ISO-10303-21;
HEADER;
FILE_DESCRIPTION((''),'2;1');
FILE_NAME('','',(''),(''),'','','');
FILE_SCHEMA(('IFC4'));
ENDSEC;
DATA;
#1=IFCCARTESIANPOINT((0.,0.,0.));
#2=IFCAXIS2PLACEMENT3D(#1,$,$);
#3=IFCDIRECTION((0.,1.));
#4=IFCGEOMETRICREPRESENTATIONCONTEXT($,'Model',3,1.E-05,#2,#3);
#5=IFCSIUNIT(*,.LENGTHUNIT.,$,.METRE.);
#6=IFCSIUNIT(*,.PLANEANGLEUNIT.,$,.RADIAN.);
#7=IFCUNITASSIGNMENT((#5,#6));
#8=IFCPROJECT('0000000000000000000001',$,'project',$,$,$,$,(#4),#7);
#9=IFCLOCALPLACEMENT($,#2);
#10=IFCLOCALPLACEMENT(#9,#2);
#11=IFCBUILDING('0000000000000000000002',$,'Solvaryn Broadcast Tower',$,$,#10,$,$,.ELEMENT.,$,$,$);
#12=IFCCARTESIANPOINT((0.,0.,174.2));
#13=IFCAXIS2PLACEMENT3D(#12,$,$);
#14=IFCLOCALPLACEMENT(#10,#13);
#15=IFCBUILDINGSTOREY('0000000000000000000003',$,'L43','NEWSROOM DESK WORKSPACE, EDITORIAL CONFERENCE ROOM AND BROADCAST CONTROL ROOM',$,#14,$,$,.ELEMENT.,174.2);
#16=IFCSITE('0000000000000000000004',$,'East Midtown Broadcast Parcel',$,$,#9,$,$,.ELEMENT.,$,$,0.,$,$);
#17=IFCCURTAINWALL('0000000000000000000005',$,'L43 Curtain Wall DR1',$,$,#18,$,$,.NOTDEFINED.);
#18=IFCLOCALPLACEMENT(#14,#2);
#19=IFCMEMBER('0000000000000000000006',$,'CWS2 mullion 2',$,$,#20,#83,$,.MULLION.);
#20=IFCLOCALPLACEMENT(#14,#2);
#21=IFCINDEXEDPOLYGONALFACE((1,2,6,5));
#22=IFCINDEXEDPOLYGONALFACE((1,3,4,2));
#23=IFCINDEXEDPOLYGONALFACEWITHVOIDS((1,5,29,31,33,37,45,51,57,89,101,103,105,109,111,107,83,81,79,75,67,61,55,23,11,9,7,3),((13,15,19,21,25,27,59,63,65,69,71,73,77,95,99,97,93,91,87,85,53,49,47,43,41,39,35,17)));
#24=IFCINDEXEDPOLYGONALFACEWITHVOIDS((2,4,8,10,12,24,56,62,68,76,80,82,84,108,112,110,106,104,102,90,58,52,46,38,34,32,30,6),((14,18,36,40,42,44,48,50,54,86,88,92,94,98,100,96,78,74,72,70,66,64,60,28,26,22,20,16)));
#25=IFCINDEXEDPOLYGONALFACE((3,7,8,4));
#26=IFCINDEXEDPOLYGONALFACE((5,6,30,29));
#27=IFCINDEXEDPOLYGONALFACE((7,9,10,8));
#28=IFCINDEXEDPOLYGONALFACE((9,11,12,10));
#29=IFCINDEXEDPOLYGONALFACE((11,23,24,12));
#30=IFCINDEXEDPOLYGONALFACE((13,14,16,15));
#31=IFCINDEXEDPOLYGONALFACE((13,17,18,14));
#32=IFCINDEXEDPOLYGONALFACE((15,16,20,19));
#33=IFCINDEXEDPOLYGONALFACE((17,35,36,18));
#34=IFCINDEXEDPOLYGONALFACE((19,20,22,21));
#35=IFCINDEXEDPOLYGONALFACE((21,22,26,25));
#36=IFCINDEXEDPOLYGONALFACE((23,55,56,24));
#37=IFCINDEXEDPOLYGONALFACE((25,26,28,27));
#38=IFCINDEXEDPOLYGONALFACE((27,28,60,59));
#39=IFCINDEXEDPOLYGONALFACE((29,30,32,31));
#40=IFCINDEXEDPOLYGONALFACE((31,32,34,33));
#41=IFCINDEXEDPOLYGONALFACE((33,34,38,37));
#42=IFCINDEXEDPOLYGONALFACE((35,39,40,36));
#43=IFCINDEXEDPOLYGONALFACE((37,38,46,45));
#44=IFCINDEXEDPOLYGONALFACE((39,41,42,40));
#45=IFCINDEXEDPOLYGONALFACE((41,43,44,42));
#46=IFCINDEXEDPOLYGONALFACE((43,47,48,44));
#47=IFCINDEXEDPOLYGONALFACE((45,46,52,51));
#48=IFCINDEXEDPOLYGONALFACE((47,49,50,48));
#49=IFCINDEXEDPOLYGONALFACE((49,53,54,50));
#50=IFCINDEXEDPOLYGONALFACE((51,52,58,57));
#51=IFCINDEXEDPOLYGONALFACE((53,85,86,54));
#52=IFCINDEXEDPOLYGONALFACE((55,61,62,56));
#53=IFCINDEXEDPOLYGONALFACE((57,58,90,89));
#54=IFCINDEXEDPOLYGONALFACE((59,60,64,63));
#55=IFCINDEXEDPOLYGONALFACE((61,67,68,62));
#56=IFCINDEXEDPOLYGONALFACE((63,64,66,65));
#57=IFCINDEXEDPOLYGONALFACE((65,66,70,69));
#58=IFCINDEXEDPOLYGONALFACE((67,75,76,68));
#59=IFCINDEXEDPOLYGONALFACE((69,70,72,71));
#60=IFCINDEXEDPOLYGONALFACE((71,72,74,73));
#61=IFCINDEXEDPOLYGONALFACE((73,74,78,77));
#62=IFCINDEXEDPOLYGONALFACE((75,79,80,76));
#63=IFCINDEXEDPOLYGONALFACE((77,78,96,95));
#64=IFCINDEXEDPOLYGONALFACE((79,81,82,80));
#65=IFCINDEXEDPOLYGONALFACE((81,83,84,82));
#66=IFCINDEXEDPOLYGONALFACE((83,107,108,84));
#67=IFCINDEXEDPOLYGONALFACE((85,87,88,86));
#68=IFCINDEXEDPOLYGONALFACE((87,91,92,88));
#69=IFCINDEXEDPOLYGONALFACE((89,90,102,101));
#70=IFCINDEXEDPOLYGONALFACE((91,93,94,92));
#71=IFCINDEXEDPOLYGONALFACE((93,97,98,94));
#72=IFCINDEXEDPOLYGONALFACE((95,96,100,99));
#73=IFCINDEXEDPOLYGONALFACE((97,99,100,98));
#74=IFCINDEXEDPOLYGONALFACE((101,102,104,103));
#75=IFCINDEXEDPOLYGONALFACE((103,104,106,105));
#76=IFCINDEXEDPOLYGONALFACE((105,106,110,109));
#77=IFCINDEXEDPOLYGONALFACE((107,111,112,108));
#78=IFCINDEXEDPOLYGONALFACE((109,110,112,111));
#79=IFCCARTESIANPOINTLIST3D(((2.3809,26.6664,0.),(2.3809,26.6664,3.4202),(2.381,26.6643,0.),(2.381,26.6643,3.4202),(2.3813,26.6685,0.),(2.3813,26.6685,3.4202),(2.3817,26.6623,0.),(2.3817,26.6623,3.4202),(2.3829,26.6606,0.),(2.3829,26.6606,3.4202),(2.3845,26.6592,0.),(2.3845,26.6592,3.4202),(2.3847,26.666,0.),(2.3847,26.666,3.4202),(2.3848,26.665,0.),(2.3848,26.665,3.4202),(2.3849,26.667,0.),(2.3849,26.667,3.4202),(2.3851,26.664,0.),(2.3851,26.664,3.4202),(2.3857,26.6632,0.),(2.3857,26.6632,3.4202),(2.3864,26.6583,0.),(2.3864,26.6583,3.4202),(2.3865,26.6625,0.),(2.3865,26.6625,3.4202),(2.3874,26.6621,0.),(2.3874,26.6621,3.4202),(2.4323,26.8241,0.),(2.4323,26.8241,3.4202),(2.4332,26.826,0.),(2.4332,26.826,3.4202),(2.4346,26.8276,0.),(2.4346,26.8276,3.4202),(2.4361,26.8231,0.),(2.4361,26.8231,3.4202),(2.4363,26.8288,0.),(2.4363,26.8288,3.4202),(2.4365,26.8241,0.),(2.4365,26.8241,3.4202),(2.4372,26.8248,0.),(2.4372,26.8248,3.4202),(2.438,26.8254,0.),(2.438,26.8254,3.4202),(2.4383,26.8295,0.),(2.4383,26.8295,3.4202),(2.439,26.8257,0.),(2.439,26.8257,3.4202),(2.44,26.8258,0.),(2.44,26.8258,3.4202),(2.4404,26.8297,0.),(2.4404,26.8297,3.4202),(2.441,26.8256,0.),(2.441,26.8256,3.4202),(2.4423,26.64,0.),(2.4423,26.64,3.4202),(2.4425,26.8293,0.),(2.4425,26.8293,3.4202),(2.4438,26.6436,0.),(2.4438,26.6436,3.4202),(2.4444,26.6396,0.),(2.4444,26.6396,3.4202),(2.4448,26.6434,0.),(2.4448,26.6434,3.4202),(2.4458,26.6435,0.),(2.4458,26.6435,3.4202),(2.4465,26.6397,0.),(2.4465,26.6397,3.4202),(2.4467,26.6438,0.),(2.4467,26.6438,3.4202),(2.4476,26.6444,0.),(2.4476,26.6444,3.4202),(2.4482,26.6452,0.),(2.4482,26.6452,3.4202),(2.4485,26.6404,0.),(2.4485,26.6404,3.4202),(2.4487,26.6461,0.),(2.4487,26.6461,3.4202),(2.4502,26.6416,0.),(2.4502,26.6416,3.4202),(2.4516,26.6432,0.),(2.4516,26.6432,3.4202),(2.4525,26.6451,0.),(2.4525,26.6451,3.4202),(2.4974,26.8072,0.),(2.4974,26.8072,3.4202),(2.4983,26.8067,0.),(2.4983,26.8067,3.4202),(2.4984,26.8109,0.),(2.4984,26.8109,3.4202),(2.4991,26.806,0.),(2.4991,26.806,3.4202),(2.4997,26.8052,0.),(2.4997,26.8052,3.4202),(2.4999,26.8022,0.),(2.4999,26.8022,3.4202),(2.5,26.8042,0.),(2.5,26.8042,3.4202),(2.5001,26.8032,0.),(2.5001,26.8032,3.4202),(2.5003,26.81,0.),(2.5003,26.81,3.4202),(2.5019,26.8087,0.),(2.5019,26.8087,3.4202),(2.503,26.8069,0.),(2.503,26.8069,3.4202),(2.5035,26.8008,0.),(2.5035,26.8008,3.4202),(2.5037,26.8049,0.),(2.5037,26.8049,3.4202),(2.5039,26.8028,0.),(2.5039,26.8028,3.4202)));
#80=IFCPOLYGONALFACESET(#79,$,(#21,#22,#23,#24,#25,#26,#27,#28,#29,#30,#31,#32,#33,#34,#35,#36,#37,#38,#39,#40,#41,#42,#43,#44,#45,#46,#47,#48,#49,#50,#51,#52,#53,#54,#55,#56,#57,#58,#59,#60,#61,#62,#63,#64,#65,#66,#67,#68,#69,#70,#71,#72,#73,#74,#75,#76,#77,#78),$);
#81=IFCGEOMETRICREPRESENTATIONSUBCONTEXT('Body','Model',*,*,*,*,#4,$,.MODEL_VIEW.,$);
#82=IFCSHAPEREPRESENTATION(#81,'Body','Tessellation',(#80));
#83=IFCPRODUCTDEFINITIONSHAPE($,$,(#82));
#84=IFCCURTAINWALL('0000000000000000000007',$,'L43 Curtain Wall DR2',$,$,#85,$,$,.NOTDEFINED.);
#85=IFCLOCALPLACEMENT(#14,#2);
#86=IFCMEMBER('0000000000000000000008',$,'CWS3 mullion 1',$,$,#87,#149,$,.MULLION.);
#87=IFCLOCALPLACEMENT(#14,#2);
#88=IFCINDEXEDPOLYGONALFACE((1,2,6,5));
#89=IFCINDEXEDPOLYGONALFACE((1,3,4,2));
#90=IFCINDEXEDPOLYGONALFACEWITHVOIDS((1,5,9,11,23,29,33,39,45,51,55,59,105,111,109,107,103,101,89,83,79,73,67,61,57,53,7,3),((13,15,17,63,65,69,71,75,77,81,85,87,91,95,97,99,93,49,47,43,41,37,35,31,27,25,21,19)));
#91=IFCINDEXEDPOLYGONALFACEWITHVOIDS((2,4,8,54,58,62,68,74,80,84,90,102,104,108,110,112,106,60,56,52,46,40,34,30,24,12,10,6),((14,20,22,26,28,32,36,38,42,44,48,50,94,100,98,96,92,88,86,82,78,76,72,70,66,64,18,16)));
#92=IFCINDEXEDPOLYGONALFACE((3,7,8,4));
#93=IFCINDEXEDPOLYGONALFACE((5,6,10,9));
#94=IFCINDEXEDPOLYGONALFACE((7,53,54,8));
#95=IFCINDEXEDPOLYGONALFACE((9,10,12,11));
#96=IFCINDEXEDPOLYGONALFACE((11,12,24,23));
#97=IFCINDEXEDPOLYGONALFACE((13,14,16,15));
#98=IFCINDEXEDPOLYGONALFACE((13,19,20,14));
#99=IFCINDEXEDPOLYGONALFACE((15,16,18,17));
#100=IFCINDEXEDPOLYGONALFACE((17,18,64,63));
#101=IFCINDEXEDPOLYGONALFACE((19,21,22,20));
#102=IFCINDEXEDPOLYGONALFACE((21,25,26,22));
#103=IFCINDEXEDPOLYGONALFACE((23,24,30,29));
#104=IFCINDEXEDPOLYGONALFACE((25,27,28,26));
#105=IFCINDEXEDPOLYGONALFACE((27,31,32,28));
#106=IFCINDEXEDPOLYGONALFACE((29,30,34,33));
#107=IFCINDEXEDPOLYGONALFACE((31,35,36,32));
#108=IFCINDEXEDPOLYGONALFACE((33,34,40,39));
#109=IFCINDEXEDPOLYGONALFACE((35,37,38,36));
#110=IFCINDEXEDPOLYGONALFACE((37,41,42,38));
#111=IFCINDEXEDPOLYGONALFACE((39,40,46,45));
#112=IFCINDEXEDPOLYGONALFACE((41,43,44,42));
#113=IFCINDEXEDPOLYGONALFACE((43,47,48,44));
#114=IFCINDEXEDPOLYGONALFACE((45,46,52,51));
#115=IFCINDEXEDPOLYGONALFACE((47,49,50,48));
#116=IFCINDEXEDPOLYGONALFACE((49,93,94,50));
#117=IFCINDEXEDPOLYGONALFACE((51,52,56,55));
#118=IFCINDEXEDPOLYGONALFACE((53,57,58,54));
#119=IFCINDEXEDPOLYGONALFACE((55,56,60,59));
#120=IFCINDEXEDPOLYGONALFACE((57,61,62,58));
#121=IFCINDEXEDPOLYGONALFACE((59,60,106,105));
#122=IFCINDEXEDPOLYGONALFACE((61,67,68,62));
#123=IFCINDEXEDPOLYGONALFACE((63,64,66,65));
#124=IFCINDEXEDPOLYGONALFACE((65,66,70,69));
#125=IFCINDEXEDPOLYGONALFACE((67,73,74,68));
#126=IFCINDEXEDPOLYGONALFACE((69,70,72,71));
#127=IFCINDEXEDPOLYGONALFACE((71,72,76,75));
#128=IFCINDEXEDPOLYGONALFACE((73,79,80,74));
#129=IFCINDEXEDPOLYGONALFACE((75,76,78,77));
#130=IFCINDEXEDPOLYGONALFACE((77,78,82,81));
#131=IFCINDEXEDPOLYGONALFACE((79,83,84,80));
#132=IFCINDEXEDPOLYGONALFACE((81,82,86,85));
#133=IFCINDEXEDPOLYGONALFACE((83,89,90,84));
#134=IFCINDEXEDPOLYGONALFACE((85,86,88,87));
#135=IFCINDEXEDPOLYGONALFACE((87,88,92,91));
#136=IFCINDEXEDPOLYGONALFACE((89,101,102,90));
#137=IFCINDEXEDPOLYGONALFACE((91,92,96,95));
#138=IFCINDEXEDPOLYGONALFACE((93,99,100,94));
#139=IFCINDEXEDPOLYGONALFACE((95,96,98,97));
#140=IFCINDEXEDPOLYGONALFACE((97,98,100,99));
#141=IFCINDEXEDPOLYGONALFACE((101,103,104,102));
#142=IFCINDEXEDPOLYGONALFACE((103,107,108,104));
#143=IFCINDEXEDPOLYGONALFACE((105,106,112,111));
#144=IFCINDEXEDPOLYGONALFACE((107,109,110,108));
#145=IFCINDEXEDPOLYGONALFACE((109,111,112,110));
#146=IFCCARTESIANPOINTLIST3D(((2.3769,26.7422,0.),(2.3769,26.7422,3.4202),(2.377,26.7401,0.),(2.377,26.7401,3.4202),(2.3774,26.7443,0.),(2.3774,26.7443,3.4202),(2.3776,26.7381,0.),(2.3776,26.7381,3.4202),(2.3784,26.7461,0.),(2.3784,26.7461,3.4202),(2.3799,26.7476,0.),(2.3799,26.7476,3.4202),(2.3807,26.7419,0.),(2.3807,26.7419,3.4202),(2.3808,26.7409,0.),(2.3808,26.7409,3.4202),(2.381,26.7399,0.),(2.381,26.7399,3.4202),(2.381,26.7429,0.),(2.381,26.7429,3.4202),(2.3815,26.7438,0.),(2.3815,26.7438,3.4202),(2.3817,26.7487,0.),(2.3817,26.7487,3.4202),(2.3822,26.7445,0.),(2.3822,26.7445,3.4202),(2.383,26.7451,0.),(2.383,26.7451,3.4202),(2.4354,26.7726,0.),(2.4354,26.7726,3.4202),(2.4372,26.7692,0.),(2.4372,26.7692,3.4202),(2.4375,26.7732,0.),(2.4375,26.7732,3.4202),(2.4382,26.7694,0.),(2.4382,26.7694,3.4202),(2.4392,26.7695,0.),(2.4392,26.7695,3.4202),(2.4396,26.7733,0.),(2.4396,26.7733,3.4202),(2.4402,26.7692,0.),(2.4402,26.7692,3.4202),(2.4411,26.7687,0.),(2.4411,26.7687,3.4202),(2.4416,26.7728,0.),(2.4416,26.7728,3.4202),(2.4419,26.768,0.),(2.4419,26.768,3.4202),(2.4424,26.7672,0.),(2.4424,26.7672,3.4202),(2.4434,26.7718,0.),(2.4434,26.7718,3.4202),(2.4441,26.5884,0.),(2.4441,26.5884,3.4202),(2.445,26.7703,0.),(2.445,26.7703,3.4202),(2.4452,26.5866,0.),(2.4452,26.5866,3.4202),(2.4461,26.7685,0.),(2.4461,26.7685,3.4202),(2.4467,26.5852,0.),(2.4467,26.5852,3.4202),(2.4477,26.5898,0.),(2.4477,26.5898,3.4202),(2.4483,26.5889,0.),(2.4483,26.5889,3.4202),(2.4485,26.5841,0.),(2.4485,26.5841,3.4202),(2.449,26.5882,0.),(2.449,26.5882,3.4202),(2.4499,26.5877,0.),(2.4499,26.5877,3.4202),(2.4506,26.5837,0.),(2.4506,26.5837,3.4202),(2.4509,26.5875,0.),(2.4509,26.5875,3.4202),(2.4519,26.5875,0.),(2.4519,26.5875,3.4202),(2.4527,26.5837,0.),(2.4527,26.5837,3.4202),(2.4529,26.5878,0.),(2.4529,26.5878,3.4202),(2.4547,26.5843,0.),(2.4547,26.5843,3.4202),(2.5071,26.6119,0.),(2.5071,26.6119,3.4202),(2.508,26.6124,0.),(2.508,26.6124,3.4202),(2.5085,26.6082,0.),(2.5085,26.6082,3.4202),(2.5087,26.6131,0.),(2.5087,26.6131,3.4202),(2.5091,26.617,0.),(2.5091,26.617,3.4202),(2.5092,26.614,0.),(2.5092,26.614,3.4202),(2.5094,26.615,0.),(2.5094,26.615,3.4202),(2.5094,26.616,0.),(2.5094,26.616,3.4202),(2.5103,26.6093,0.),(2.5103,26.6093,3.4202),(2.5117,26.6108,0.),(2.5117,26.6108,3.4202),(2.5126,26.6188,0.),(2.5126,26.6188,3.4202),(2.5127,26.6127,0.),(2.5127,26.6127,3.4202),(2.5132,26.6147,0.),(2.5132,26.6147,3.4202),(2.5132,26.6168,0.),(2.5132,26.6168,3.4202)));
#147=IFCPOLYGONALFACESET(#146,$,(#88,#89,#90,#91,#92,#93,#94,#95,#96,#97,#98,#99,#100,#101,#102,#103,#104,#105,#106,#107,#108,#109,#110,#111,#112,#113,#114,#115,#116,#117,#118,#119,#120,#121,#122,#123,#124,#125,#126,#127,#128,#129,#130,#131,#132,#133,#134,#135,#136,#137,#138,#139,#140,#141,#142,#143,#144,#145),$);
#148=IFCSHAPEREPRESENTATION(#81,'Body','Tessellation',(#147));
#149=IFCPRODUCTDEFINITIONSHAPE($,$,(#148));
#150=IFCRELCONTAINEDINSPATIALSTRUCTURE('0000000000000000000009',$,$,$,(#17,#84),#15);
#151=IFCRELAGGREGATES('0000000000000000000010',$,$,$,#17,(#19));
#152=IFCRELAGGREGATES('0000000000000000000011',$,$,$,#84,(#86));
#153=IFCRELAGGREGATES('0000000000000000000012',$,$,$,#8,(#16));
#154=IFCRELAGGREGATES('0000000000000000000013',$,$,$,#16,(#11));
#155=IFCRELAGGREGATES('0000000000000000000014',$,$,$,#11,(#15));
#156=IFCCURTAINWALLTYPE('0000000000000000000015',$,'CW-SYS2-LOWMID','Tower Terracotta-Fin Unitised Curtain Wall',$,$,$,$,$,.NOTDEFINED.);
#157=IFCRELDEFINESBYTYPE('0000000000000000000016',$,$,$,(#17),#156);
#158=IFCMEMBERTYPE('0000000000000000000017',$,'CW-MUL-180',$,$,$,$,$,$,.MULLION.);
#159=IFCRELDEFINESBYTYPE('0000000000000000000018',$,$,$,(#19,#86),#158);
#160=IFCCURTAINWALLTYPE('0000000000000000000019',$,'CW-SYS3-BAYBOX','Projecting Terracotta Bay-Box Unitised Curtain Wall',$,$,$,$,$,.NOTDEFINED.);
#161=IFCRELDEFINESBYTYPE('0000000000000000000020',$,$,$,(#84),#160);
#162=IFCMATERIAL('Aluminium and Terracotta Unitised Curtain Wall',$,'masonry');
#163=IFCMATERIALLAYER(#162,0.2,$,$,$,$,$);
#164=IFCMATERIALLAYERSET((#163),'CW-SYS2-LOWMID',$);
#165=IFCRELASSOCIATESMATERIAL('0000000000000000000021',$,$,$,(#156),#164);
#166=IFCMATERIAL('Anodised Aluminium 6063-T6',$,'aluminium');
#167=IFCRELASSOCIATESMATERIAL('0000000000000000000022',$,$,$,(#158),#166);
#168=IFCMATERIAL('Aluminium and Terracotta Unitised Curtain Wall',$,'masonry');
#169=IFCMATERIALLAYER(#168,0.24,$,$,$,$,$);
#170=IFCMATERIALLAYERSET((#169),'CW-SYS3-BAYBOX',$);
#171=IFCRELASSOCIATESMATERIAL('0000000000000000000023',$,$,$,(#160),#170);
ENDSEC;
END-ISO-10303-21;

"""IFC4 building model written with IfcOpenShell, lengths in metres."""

from ifc_helpers import new_model, si_unit, direction, frame, origin, origin_2d, place, context, subcontext, project, spatial, hollow_rectangle, extrude, material, layer, layer_set, material_profile, profile_set, type_object, element, aggregate, save


model = new_model("IFC4")

# Units and contexts
model_context = context("Model", 3, precision=1e-05, world=origin(), true_north=direction((0.0, 1.0)))
body_context = subcontext(model_context, "Body", "Model", "MODEL_VIEW")
ifc_project = project(units=[si_unit("LENGTHUNIT", "METRE"), si_unit("PLANEANGLEUNIT", "RADIAN")], contexts=[model_context])

# Site, building, storey
site_placement = place(None, origin())
site = spatial("IfcSite", under=ifc_project, at=site_placement, Name="East Midtown Broadcast Parcel", CompositionType="ELEMENT", RefElevation=0.0)
building_placement = place(site_placement, origin())
building = spatial("IfcBuilding", under=site, at=building_placement, Name="Solvaryn Broadcast Tower", CompositionType="ELEMENT")
storey_placement = place(building_placement, frame((0.0, 0.0, 174.2)))
storey = spatial("IfcBuildingStorey", under=building, at=storey_placement, Name="L43", Description="NEWSROOM DESK WORKSPACE, EDITORIAL CONFERENCE ROOM AND BROADCAST CONTROL ROOM", CompositionType="ELEMENT", Elevation=174.2)

# Curtain wall, member
ifc_material_1 = material(Name="Aluminium and Terracotta Unitised Curtain Wall", Category="masonry")
ifc_layer_1 = layer(ifc_material_1, 0.2)
ifc_layer_set_1 = layer_set([ifc_layer_1], Name="CW-SYS2-LOWMID")
curtain_wall_type_1 = type_object("IfcCurtainWallType", Name="CW-SYS2-LOWMID", Description="Tower Terracotta-Fin Unitised Curtain Wall", PredefinedType="NOTDEFINED", material=ifc_layer_set_1)
curtain_wall_1_placement = place(storey_placement, origin())
curtain_wall_1 = element("IfcCurtainWall", 1, at=curtain_wall_1_placement, inside=storey, type_object=curtain_wall_type_1, Name="L43 Curtain Wall DR1", PredefinedType="NOTDEFINED")
ifc_material_2 = material(Name="Anodised Aluminium 6063-T6", Category="aluminium")
ifc_material_profile_1 = material_profile(ifc_material_2, hollow_rectangle(XDim=0.075, YDim=0.1799, WallThickness=0.0039, InnerFilletRadius=0.0039, OuterFilletRadius=0.0081, at=origin_2d()))
ifc_profile_set_1 = profile_set([ifc_material_profile_1], Name="Anodised Aluminium 6063-T6")
member_type_1 = type_object("IfcMemberType", Name="CW-MUL-180", PredefinedType="MULLION", material=ifc_profile_set_1)
member_1_placement = place(storey_placement, frame((2.4424, 26.7346, 0.0), z_axis=(0.0, 0.0, 1.0), x_axis=(0.950227, -0.311559, 0.0)))
member_1 = element("IfcMember", 2, at=member_1_placement, type_object=member_type_1, Name="CWS2 mullion 2", PredefinedType="MULLION", context=body_context, shape_type="SweptSolid", body=[
    extrude(hollow_rectangle(XDim=0.075, YDim=0.1799, WallThickness=0.0039, InnerFilletRadius=0.0039, OuterFilletRadius=0.0081, at=origin_2d()), origin(), (0.0, 0.0, 1.0), 3.4202),
])
aggregate(curtain_wall_1, [member_1])

# Curtain wall, member
ifc_material_3 = material(Name="Aluminium and Terracotta Unitised Curtain Wall", Category="masonry")
ifc_layer_2 = layer(ifc_material_3, 0.24)
ifc_layer_set_2 = layer_set([ifc_layer_2], Name="CW-SYS3-BAYBOX")
curtain_wall_type_2 = type_object("IfcCurtainWallType", Name="CW-SYS3-BAYBOX", Description="Projecting Terracotta Bay-Box Unitised Curtain Wall", PredefinedType="NOTDEFINED", material=ifc_layer_set_2)
curtain_wall_2_placement = place(storey_placement, origin())
curtain_wall_2 = element("IfcCurtainWall", 3, at=curtain_wall_2_placement, inside=storey, type_object=curtain_wall_type_2, Name="L43 Curtain Wall DR2", PredefinedType="NOTDEFINED")
member_2_placement = place(storey_placement, frame((2.4451, 26.6785, 0.0), z_axis=(0.0, 0.0, 1.0), x_axis=(0.913917, 0.405901, 0.0)))
member_2 = element("IfcMember", 4, at=member_2_placement, type_object=member_type_1, Name="CWS3 mullion 1", PredefinedType="MULLION", context=body_context, shape_type="SweptSolid", body=[
    extrude(hollow_rectangle(XDim=0.075, YDim=0.1799, WallThickness=0.0039, InnerFilletRadius=0.0039, OuterFilletRadius=0.0081, at=origin_2d()), origin(), (0.0, 0.0, 1.0), 3.4202),
])
aggregate(curtain_wall_2, [member_2])

save(model, "model.ifc")
